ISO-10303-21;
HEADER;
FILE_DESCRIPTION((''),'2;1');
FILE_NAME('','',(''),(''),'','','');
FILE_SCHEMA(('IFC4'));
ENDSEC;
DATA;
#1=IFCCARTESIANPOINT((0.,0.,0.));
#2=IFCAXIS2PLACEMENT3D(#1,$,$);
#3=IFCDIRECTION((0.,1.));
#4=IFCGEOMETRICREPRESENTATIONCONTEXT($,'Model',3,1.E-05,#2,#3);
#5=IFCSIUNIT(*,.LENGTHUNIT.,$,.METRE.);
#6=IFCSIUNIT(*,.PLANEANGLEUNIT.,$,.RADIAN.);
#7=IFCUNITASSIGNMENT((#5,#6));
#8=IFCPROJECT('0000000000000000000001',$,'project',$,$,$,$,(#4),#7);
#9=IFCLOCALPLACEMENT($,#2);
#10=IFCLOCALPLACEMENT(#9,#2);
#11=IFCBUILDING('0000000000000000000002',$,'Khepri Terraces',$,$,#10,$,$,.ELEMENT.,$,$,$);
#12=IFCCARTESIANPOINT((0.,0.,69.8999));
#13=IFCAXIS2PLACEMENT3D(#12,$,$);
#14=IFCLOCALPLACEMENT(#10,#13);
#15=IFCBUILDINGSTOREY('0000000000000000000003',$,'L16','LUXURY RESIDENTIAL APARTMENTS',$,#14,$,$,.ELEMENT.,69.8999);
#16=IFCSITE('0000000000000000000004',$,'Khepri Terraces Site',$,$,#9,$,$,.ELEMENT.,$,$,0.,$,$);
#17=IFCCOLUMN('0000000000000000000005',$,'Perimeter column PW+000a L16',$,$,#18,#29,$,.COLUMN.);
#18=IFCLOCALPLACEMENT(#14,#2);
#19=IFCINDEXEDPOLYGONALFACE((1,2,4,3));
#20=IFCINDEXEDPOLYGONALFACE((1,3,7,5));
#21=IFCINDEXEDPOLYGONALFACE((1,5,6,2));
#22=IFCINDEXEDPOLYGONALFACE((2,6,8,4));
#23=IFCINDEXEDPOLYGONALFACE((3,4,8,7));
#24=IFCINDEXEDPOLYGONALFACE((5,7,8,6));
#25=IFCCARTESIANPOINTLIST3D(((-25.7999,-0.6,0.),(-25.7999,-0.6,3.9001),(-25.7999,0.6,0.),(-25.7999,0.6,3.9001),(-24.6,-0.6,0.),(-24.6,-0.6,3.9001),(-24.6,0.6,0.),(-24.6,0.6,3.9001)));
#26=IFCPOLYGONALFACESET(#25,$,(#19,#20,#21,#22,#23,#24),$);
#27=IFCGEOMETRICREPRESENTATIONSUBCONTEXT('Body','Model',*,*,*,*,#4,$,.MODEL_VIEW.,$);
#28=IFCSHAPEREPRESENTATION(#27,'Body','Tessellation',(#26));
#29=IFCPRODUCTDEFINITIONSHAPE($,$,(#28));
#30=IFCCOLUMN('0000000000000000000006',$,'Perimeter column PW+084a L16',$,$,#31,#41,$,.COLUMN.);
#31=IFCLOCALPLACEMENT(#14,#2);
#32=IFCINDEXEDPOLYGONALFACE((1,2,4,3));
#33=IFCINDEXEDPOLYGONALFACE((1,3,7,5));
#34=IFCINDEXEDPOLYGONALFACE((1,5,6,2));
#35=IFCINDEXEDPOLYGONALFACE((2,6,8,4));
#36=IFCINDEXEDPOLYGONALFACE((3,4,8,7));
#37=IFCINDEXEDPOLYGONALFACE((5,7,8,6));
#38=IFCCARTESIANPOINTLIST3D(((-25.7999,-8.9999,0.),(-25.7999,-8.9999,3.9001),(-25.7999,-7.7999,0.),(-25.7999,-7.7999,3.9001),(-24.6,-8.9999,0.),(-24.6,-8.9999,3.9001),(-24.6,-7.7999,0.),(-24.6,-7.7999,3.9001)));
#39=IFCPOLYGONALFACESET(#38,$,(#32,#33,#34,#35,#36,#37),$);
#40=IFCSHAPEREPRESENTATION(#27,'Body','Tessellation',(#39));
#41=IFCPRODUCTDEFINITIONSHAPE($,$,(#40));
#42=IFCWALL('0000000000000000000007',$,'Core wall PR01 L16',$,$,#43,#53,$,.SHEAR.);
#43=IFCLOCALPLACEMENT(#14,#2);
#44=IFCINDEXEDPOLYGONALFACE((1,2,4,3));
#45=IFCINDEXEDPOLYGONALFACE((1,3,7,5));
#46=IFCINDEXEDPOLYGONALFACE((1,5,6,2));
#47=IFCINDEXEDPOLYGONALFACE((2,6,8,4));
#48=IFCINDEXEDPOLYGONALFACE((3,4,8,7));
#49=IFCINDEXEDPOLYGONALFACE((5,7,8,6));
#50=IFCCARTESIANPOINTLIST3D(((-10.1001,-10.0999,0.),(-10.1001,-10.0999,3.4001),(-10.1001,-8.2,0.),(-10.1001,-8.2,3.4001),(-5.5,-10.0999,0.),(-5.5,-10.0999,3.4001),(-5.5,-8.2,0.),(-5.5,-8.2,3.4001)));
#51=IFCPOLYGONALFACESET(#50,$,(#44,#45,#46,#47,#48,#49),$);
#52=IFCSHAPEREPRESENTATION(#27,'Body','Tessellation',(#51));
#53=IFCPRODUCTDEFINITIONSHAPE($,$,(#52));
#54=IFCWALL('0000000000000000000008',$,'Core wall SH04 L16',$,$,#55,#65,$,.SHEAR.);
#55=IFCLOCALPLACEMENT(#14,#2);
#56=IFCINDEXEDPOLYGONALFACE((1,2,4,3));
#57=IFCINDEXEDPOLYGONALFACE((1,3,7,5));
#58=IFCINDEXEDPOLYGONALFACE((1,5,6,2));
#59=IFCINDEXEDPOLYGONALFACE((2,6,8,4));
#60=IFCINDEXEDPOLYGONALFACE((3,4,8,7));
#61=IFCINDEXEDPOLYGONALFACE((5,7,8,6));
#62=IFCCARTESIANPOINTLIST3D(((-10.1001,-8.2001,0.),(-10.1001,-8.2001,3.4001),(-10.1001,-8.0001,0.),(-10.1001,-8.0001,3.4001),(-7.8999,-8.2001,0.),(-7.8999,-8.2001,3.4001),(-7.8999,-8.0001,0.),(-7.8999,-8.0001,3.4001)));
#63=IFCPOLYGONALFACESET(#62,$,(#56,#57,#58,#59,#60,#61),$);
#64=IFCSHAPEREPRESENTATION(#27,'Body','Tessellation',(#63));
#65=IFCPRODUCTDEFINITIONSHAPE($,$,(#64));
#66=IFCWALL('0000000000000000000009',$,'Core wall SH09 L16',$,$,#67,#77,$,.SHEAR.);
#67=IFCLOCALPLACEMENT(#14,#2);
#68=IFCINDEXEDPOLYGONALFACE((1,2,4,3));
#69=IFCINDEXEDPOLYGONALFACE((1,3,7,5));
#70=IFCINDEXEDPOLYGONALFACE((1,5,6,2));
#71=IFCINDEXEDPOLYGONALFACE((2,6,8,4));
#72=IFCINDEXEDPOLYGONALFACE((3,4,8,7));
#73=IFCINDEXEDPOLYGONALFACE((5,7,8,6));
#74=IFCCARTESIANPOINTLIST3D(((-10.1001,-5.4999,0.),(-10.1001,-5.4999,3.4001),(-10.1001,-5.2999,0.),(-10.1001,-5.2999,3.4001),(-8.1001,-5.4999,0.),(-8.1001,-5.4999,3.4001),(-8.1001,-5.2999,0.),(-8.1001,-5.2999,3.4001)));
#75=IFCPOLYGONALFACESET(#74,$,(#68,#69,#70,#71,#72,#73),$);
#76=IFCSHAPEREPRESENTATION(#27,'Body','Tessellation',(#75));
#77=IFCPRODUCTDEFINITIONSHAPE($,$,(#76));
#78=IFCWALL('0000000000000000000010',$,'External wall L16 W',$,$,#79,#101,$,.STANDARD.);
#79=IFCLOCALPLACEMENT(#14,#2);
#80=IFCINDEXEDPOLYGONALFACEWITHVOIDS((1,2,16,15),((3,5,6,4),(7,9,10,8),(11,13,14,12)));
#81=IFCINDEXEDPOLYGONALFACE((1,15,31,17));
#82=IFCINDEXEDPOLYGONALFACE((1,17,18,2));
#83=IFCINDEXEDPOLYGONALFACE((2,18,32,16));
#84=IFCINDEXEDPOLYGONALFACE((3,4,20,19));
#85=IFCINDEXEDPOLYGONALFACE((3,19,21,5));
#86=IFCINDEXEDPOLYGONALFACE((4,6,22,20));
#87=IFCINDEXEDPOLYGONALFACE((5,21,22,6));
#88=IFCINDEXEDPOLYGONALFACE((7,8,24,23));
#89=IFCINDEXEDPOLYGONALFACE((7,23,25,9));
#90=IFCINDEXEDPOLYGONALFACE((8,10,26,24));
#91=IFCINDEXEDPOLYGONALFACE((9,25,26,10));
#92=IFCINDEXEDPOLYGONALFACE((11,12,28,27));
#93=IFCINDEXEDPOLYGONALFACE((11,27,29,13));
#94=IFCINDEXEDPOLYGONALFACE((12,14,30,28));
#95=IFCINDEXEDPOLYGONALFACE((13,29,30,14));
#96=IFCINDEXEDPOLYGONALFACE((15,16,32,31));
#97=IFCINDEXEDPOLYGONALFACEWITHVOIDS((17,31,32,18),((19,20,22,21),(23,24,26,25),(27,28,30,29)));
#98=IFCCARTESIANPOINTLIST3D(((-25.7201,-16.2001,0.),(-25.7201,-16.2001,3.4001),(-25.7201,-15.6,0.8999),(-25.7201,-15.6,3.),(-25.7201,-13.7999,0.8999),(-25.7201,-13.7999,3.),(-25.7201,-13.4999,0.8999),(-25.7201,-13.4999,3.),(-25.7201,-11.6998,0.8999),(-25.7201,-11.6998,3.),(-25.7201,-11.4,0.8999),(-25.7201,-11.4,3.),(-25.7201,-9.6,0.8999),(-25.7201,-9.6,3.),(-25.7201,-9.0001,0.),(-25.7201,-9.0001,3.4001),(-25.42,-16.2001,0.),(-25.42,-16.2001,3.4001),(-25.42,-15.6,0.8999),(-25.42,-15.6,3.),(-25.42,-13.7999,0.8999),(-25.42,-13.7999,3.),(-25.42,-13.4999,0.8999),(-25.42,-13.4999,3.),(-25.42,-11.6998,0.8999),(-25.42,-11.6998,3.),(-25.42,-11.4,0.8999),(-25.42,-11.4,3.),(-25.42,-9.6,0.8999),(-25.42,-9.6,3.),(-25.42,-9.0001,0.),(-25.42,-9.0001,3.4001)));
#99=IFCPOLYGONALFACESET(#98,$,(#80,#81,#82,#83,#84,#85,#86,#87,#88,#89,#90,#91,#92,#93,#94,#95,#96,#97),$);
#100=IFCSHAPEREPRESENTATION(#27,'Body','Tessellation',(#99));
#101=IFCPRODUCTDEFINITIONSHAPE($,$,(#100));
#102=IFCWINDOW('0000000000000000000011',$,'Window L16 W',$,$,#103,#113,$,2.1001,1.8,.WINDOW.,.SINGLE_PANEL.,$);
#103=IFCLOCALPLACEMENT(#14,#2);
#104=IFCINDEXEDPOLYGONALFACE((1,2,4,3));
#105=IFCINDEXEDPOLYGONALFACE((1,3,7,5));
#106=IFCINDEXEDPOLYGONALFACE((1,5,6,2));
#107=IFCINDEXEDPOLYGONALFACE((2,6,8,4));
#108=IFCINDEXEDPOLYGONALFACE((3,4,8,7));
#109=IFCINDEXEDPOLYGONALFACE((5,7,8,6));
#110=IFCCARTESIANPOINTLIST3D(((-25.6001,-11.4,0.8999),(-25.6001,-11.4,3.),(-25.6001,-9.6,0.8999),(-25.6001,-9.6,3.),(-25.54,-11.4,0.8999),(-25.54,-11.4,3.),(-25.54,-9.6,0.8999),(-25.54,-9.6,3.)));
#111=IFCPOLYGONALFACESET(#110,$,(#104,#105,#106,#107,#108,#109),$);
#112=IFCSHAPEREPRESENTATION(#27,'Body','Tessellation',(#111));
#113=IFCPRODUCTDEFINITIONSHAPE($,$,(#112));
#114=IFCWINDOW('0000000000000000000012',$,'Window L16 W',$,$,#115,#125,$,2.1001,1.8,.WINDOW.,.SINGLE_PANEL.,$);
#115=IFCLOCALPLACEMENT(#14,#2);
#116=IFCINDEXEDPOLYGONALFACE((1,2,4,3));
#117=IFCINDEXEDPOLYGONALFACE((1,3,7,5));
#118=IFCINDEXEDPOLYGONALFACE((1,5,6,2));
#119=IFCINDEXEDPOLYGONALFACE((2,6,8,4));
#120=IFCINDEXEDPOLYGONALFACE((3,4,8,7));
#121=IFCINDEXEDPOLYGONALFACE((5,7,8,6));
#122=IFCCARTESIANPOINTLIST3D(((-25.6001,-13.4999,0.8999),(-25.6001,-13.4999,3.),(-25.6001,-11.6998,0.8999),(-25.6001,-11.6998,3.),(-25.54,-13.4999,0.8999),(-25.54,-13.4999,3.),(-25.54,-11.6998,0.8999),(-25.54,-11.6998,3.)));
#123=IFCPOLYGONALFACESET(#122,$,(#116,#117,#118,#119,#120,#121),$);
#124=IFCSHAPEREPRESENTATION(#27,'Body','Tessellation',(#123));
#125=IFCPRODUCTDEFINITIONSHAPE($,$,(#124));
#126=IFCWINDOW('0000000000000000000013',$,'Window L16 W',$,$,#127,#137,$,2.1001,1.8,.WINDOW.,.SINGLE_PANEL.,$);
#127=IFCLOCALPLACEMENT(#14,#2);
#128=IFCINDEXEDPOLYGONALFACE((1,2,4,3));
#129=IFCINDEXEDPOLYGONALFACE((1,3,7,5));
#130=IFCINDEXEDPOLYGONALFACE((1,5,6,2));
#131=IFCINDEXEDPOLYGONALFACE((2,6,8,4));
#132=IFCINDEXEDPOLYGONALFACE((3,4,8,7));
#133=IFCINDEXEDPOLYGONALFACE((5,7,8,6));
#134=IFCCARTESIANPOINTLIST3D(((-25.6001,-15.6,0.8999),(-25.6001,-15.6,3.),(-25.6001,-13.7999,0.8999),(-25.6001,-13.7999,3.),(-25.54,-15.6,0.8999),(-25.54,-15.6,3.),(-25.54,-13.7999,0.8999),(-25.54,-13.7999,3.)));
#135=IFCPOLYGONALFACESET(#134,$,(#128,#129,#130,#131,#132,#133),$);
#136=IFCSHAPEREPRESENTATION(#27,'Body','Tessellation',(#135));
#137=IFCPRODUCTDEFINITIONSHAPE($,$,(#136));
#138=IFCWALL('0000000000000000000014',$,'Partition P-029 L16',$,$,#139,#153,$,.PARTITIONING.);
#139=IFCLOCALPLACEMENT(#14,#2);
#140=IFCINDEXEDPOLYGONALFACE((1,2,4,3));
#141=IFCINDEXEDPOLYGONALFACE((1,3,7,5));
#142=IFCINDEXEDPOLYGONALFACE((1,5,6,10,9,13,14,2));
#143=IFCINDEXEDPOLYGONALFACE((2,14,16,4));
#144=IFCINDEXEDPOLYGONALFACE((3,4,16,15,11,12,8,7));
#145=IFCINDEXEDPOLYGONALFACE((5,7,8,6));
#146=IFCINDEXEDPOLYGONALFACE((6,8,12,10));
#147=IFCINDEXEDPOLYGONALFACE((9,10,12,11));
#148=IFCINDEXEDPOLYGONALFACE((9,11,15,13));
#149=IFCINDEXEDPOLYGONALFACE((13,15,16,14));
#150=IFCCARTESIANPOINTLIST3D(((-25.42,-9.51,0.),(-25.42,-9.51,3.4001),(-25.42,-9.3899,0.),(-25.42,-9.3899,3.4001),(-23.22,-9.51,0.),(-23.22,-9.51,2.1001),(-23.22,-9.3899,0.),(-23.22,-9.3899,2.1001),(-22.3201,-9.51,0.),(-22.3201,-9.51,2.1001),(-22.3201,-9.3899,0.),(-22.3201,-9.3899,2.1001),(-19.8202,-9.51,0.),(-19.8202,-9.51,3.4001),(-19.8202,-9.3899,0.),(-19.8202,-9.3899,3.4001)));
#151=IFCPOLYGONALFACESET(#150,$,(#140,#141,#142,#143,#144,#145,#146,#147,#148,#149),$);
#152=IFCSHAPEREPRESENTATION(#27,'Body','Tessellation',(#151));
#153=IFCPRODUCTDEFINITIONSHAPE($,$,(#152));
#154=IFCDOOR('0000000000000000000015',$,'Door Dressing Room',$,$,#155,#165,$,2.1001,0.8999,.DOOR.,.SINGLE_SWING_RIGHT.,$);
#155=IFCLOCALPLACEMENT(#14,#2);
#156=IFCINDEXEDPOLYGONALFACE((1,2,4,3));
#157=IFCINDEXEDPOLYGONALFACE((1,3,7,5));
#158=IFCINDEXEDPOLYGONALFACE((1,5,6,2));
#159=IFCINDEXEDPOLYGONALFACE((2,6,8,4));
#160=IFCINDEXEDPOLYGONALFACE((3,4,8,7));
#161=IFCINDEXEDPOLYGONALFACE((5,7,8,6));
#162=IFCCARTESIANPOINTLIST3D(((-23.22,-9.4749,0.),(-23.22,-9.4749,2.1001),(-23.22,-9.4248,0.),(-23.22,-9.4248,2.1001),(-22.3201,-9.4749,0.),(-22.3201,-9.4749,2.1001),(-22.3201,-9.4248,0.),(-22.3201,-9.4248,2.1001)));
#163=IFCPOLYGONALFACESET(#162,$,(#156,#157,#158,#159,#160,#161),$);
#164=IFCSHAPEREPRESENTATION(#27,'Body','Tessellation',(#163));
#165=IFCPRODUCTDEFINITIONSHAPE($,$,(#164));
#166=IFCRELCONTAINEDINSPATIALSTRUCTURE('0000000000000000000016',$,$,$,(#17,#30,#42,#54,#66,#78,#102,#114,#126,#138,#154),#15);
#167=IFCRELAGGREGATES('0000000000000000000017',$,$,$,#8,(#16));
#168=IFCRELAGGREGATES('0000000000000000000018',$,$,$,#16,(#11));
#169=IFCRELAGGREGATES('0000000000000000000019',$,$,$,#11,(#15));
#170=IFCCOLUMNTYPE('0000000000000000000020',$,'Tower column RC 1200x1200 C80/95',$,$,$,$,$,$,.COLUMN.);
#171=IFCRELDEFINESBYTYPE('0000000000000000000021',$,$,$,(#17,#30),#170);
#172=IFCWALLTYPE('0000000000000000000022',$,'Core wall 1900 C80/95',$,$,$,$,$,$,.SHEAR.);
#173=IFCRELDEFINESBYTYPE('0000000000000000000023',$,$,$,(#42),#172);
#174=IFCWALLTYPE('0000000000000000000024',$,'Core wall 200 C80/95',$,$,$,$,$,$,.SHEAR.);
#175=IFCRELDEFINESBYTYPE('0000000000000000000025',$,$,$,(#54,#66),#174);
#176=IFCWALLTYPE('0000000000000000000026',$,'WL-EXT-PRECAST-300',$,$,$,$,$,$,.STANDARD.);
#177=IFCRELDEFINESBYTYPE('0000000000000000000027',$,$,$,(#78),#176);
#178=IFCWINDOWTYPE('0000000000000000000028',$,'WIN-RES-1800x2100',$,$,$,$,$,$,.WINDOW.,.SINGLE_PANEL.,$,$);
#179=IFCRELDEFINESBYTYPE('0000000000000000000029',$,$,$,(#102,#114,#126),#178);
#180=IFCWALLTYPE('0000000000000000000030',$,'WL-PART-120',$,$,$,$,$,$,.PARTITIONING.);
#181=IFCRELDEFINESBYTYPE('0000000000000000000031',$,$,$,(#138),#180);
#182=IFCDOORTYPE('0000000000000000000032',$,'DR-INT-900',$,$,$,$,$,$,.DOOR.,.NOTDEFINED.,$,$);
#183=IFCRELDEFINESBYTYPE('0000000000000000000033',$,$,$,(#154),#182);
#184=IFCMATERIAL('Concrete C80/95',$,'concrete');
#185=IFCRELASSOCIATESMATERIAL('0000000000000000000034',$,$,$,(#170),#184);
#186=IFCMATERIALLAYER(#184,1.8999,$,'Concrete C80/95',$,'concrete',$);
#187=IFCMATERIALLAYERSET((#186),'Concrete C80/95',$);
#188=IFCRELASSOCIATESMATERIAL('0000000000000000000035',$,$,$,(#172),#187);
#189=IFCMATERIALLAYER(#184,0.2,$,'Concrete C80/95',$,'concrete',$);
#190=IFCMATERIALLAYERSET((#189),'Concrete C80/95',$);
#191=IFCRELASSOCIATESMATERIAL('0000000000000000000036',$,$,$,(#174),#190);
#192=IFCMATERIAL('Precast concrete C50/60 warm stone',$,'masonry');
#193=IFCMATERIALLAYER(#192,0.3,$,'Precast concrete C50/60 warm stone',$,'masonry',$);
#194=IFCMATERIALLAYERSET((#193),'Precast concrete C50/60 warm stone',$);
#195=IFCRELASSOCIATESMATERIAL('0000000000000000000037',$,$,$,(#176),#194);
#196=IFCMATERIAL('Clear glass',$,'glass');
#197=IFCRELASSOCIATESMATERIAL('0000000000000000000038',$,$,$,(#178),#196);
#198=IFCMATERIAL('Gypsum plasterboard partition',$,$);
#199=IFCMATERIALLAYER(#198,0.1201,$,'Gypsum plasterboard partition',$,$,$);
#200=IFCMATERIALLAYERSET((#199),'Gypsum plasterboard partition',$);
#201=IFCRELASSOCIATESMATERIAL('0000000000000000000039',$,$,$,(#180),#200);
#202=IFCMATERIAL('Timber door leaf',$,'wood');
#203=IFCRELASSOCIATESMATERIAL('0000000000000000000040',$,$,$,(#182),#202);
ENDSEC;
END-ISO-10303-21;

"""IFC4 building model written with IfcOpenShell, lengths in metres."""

from ifc_helpers import new_model, si_unit, direction, frame, frame_2d, origin, origin_2d, place, context, subcontext, project, spatial, rectangle, extrude, material, layer, layer_set, material_profile, profile_set, type_object, element, fill, save


model = new_model("IFC4")

# Units and contexts
model_context = context("Model", 3, precision=1e-05, world=origin(), true_north=direction((0.0, 1.0)))
body_context = subcontext(model_context, "Body", "Model", "MODEL_VIEW")
ifc_project = project(units=[si_unit("LENGTHUNIT", "METRE"), si_unit("PLANEANGLEUNIT", "RADIAN")], contexts=[model_context])

# Site, building, storey
site_placement = place(None, origin())
site = spatial("IfcSite", under=ifc_project, at=site_placement, Name="Khepri Terraces Site", CompositionType="ELEMENT", RefElevation=0.0)
building_placement = place(site_placement, origin())
building = spatial("IfcBuilding", under=site, at=building_placement, Name="Khepri Terraces", CompositionType="ELEMENT")
storey_placement = place(building_placement, frame((0.0, 0.0, 69.8999)))
storey = spatial("IfcBuildingStorey", under=building, at=storey_placement, Name="L16", Description="LUXURY RESIDENTIAL APARTMENTS", CompositionType="ELEMENT", Elevation=69.8999)

# Columns
ifc_material_1 = material(Name="Concrete C80/95", Category="concrete")
ifc_material_profile = material_profile(ifc_material_1, rectangle(XDim=1.2, YDim=1.2, at=origin_2d()), Name="Concrete C80/95", Category="concrete")
ifc_profile_set = profile_set([ifc_material_profile], Name="Concrete C80/95")
column_type = type_object("IfcColumnType", Name="Tower column RC 1200x1200 C80/95", PredefinedType="COLUMN", material=ifc_profile_set)
for number, where, z_axis, x_axis, name in (
    (1, (-25.2, 0.0, 0.0), (0.0, 0.0, 1.0), (1.0, 0.0, 0.0), "Perimeter column PW+000a L16"),
    (2, (-25.2, -8.3999, 0.0), (0.0, 0.0, 1.0), (1.0, 0.0, 0.0), "Perimeter column PW+084a L16"),
):
    element("IfcColumn", number, at=place(storey_placement, frame(where, z_axis=z_axis, x_axis=x_axis)), inside=storey, type_object=column_type, Name=name, PredefinedType="COLUMN", context=body_context, shape_type="SweptSolid", body=[
        extrude(rectangle(XDim=1.2, YDim=1.2, at=origin_2d()), origin(), (0.0, 0.0, 1.0), 3.9001),
    ])

# Walls
ifc_layer_1 = layer(ifc_material_1, 1.8999, Name="Concrete C80/95", Category="concrete")
ifc_layer_set_1 = layer_set([ifc_layer_1], Name="Concrete C80/95")
wall_type_1 = type_object("IfcWallType", Name="Core wall 1900 C80/95", PredefinedType="SHEAR", material=ifc_layer_set_1)
wall_1_placement = place(storey_placement, frame((-10.1001, -9.1499, 0.0), z_axis=(0.0, 0.0, 1.0), x_axis=(1.0, 0.0, 0.0)))
element("IfcWall", 3, at=wall_1_placement, inside=storey, type_object=wall_type_1, Name="Core wall PR01 L16", PredefinedType="SHEAR", context=body_context, shape_type="SweptSolid", body=[
    extrude(rectangle(XDim=4.6001, YDim=1.8999, at=frame_2d((2.3, 0.0))), origin(), (0.0, 0.0, 1.0), 3.4001),
])
ifc_layer_2 = layer(ifc_material_1, 0.2, Name="Concrete C80/95", Category="concrete")
ifc_layer_set_2 = layer_set([ifc_layer_2], Name="Concrete C80/95")
wall_type_2 = type_object("IfcWallType", Name="Core wall 200 C80/95", PredefinedType="SHEAR", material=ifc_layer_set_2)
wall_2_placement = place(storey_placement, frame((-10.1001, -8.1001, 0.0), z_axis=(0.0, 0.0, 1.0), x_axis=(1.0, 0.0, 0.0)))
element("IfcWall", 4, at=wall_2_placement, inside=storey, type_object=wall_type_2, Name="Core wall SH04 L16", PredefinedType="SHEAR", context=body_context, shape_type="SweptSolid", body=[
    extrude(rectangle(XDim=2.2002, YDim=0.2, at=frame_2d((1.1001, 0.0))), origin(), (0.0, 0.0, 1.0), 3.4001),
])
wall_3_placement = place(storey_placement, frame((-10.1001, -5.3999, 0.0), z_axis=(0.0, 0.0, 1.0), x_axis=(1.0, 0.0, 0.0)))
element("IfcWall", 5, at=wall_3_placement, inside=storey, type_object=wall_type_2, Name="Core wall SH09 L16", PredefinedType="SHEAR", context=body_context, shape_type="SweptSolid", body=[
    extrude(rectangle(XDim=2.0, YDim=0.2, at=frame_2d((1.0, 0.0))), origin(), (0.0, 0.0, 1.0), 3.4001),
])

# Shared definitions
ifc_material_2 = material(Name="Precast concrete C50/60 warm stone", Category="masonry")
ifc_layer_3 = layer(ifc_material_2, 0.3, Name="Precast concrete C50/60 warm stone", Category="masonry")
ifc_layer_set_3 = layer_set([ifc_layer_3], Name="Precast concrete C50/60 warm stone")
wall_type_3 = type_object("IfcWallType", Name="WL-EXT-PRECAST-300", PredefinedType="STANDARD", material=ifc_layer_set_3)
ifc_material_3 = material(Name="Clear glass", Category="glass")
window_type = type_object("IfcWindowType", Name="WIN-RES-1800x2100", PartitioningType="SINGLE_PANEL", PredefinedType="WINDOW", material=ifc_material_3)

# Wall, openings, windows
wall_4_placement = place(storey_placement, frame((-25.5701, -9.0, 0.0), z_axis=(0.0, 0.0, 1.0), x_axis=(0.0, -1.0, 0.0)))
wall_4 = element("IfcWall", 6, at=wall_4_placement, inside=storey, type_object=wall_type_3, Name="External wall L16 W", PredefinedType="STANDARD", context=body_context, shape_type="SweptSolid", body=[
    extrude(rectangle(XDim=7.2, YDim=0.3, at=frame_2d((3.6001, 0.0))), origin(), (0.0, 0.0, 1.0), 3.4001),
])
opening_1_placement = place(wall_4_placement, frame((0.6001, 0.0, 0.8999)))
opening_1 = element("IfcOpeningElement", 7, at=opening_1_placement, cuts=wall_4, PredefinedType="OPENING", context=body_context, shape_type="SweptSolid", body=[
    extrude(rectangle(XDim=1.8, YDim=2.1001, at=frame_2d((0.8999, 1.05))), frame((0.0, 0.1602, 0.0), z_axis=(0.0, -1.0, 0.0), x_axis=(1.0, 0.0, 0.0)), (0.0, 0.0, 1.0), 0.3201),
])
opening_2_placement = place(wall_4_placement, frame((2.7, 0.0, 0.8999)))
opening_2 = element("IfcOpeningElement", 8, at=opening_2_placement, cuts=wall_4, PredefinedType="OPENING", context=body_context, shape_type="SweptSolid", body=[
    extrude(rectangle(XDim=1.8, YDim=2.1001, at=frame_2d((0.8999, 1.05))), frame((0.0, 0.1602, 0.0), z_axis=(0.0, -1.0, 0.0), x_axis=(1.0, 0.0, 0.0)), (0.0, 0.0, 1.0), 0.3201),
])
opening_3_placement = place(wall_4_placement, frame((4.8, 0.0, 0.8999)))
opening_3 = element("IfcOpeningElement", 9, at=opening_3_placement, cuts=wall_4, PredefinedType="OPENING", context=body_context, shape_type="SweptSolid", body=[
    extrude(rectangle(XDim=1.8, YDim=2.1001, at=frame_2d((0.8999, 1.05))), frame((0.0, 0.1602, 0.0), z_axis=(0.0, -1.0, 0.0), x_axis=(1.0, 0.0, 0.0)), (0.0, 0.0, 1.0), 0.3201),
])
window_1_placement = place(opening_1_placement, origin())
window_1 = element("IfcWindow", 10, at=window_1_placement, inside=storey, type_object=window_type, Name="Window L16 W", OverallHeight=2.1001, OverallWidth=1.8, PartitioningType="SINGLE_PANEL", PredefinedType="WINDOW", context=body_context, shape_type="SweptSolid", body=[
    extrude(rectangle(XDim=1.8, YDim=2.1001, at=frame_2d((0.8999, 1.05))), frame((0.0, 0.03, 0.0), z_axis=(0.0, -1.0, 0.0), x_axis=(1.0, 0.0, 0.0)), (0.0, 0.0, 1.0), 0.0601),
])
fill(opening_1, window_1)
window_2_placement = place(opening_2_placement, origin())
window_2 = element("IfcWindow", 11, at=window_2_placement, inside=storey, type_object=window_type, Name="Window L16 W", OverallHeight=2.1001, OverallWidth=1.8, PartitioningType="SINGLE_PANEL", PredefinedType="WINDOW", context=body_context, shape_type="SweptSolid", body=[
    extrude(rectangle(XDim=1.8, YDim=2.1001, at=frame_2d((0.8999, 1.05))), frame((0.0, 0.03, 0.0), z_axis=(0.0, -1.0, 0.0), x_axis=(1.0, 0.0, 0.0)), (0.0, 0.0, 1.0), 0.0601),
])
fill(opening_2, window_2)
window_3_placement = place(opening_3_placement, origin())
window_3 = element("IfcWindow", 12, at=window_3_placement, inside=storey, type_object=window_type, Name="Window L16 W", OverallHeight=2.1001, OverallWidth=1.8, PartitioningType="SINGLE_PANEL", PredefinedType="WINDOW", context=body_context, shape_type="SweptSolid", body=[
    extrude(rectangle(XDim=1.8, YDim=2.1001, at=frame_2d((0.8999, 1.05))), frame((0.0, 0.03, 0.0), z_axis=(0.0, -1.0, 0.0), x_axis=(1.0, 0.0, 0.0)), (0.0, 0.0, 1.0), 0.0601),
])
fill(opening_3, window_3)

# Wall, opening, door
ifc_material_4 = material(Name="Gypsum plasterboard partition")
ifc_layer_4 = layer(ifc_material_4, 0.1201, Name="Gypsum plasterboard partition")
ifc_layer_set_4 = layer_set([ifc_layer_4], Name="Gypsum plasterboard partition")
wall_type_4 = type_object("IfcWallType", Name="WL-PART-120", PredefinedType="PARTITIONING", material=ifc_layer_set_4)
wall_5_placement = place(storey_placement, frame((-25.4199, -9.45, 0.0), z_axis=(0.0, 0.0, 1.0), x_axis=(1.0, 0.0, 0.0)))
wall_5 = element("IfcWall", 13, at=wall_5_placement, inside=storey, type_object=wall_type_4, Name="Partition P-029 L16", PredefinedType="PARTITIONING", context=body_context, shape_type="SweptSolid", body=[
    extrude(rectangle(XDim=5.5999, YDim=0.1201, at=frame_2d((2.7998, 0.0))), origin(), (0.0, 0.0, 1.0), 3.4001),
])
opening_4_placement = place(wall_5_placement, frame((2.2, 0.0, 0.0)))
opening_4 = element("IfcOpeningElement", 14, at=opening_4_placement, cuts=wall_5, PredefinedType="OPENING", context=body_context, shape_type="SweptSolid", body=[
    extrude(rectangle(XDim=0.8999, YDim=2.1001, at=frame_2d((0.45, 1.05))), frame((0.0, 0.0701, 0.0), z_axis=(0.0, -1.0, 0.0), x_axis=(1.0, 0.0, 0.0)), (0.0, 0.0, 1.0), 0.1401),
])
ifc_material_5 = material(Name="Timber door leaf", Category="wood")
door_type_1 = type_object("IfcDoorType", Name="DR-INT-900", OperationType="NOTDEFINED", PredefinedType="DOOR", material=ifc_material_5)
door_1_placement = place(opening_4_placement, frame((0.8999, 0.0, 0.0), z_axis=(0.0, 0.0, 1.0), x_axis=(-1.0, 0.0, 0.0)))
door_1 = element("IfcDoor", 15, at=door_1_placement, inside=storey, type_object=door_type_1, Name="Door Dressing Room", OperationType="SINGLE_SWING_RIGHT", OverallHeight=2.1001, OverallWidth=0.8999, PredefinedType="DOOR", context=body_context, shape_type="SweptSolid", body=[
    extrude(rectangle(XDim=0.8999, YDim=2.1001, at=frame_2d((0.45, 1.05))), frame((0.0, 0.0249, 0.0), z_axis=(0.0, -1.0, 0.0), x_axis=(1.0, 0.0, 0.0)), (0.0, 0.0, 1.0), 0.05),
])
fill(opening_4, door_1)

save(model, "model.ifc")
